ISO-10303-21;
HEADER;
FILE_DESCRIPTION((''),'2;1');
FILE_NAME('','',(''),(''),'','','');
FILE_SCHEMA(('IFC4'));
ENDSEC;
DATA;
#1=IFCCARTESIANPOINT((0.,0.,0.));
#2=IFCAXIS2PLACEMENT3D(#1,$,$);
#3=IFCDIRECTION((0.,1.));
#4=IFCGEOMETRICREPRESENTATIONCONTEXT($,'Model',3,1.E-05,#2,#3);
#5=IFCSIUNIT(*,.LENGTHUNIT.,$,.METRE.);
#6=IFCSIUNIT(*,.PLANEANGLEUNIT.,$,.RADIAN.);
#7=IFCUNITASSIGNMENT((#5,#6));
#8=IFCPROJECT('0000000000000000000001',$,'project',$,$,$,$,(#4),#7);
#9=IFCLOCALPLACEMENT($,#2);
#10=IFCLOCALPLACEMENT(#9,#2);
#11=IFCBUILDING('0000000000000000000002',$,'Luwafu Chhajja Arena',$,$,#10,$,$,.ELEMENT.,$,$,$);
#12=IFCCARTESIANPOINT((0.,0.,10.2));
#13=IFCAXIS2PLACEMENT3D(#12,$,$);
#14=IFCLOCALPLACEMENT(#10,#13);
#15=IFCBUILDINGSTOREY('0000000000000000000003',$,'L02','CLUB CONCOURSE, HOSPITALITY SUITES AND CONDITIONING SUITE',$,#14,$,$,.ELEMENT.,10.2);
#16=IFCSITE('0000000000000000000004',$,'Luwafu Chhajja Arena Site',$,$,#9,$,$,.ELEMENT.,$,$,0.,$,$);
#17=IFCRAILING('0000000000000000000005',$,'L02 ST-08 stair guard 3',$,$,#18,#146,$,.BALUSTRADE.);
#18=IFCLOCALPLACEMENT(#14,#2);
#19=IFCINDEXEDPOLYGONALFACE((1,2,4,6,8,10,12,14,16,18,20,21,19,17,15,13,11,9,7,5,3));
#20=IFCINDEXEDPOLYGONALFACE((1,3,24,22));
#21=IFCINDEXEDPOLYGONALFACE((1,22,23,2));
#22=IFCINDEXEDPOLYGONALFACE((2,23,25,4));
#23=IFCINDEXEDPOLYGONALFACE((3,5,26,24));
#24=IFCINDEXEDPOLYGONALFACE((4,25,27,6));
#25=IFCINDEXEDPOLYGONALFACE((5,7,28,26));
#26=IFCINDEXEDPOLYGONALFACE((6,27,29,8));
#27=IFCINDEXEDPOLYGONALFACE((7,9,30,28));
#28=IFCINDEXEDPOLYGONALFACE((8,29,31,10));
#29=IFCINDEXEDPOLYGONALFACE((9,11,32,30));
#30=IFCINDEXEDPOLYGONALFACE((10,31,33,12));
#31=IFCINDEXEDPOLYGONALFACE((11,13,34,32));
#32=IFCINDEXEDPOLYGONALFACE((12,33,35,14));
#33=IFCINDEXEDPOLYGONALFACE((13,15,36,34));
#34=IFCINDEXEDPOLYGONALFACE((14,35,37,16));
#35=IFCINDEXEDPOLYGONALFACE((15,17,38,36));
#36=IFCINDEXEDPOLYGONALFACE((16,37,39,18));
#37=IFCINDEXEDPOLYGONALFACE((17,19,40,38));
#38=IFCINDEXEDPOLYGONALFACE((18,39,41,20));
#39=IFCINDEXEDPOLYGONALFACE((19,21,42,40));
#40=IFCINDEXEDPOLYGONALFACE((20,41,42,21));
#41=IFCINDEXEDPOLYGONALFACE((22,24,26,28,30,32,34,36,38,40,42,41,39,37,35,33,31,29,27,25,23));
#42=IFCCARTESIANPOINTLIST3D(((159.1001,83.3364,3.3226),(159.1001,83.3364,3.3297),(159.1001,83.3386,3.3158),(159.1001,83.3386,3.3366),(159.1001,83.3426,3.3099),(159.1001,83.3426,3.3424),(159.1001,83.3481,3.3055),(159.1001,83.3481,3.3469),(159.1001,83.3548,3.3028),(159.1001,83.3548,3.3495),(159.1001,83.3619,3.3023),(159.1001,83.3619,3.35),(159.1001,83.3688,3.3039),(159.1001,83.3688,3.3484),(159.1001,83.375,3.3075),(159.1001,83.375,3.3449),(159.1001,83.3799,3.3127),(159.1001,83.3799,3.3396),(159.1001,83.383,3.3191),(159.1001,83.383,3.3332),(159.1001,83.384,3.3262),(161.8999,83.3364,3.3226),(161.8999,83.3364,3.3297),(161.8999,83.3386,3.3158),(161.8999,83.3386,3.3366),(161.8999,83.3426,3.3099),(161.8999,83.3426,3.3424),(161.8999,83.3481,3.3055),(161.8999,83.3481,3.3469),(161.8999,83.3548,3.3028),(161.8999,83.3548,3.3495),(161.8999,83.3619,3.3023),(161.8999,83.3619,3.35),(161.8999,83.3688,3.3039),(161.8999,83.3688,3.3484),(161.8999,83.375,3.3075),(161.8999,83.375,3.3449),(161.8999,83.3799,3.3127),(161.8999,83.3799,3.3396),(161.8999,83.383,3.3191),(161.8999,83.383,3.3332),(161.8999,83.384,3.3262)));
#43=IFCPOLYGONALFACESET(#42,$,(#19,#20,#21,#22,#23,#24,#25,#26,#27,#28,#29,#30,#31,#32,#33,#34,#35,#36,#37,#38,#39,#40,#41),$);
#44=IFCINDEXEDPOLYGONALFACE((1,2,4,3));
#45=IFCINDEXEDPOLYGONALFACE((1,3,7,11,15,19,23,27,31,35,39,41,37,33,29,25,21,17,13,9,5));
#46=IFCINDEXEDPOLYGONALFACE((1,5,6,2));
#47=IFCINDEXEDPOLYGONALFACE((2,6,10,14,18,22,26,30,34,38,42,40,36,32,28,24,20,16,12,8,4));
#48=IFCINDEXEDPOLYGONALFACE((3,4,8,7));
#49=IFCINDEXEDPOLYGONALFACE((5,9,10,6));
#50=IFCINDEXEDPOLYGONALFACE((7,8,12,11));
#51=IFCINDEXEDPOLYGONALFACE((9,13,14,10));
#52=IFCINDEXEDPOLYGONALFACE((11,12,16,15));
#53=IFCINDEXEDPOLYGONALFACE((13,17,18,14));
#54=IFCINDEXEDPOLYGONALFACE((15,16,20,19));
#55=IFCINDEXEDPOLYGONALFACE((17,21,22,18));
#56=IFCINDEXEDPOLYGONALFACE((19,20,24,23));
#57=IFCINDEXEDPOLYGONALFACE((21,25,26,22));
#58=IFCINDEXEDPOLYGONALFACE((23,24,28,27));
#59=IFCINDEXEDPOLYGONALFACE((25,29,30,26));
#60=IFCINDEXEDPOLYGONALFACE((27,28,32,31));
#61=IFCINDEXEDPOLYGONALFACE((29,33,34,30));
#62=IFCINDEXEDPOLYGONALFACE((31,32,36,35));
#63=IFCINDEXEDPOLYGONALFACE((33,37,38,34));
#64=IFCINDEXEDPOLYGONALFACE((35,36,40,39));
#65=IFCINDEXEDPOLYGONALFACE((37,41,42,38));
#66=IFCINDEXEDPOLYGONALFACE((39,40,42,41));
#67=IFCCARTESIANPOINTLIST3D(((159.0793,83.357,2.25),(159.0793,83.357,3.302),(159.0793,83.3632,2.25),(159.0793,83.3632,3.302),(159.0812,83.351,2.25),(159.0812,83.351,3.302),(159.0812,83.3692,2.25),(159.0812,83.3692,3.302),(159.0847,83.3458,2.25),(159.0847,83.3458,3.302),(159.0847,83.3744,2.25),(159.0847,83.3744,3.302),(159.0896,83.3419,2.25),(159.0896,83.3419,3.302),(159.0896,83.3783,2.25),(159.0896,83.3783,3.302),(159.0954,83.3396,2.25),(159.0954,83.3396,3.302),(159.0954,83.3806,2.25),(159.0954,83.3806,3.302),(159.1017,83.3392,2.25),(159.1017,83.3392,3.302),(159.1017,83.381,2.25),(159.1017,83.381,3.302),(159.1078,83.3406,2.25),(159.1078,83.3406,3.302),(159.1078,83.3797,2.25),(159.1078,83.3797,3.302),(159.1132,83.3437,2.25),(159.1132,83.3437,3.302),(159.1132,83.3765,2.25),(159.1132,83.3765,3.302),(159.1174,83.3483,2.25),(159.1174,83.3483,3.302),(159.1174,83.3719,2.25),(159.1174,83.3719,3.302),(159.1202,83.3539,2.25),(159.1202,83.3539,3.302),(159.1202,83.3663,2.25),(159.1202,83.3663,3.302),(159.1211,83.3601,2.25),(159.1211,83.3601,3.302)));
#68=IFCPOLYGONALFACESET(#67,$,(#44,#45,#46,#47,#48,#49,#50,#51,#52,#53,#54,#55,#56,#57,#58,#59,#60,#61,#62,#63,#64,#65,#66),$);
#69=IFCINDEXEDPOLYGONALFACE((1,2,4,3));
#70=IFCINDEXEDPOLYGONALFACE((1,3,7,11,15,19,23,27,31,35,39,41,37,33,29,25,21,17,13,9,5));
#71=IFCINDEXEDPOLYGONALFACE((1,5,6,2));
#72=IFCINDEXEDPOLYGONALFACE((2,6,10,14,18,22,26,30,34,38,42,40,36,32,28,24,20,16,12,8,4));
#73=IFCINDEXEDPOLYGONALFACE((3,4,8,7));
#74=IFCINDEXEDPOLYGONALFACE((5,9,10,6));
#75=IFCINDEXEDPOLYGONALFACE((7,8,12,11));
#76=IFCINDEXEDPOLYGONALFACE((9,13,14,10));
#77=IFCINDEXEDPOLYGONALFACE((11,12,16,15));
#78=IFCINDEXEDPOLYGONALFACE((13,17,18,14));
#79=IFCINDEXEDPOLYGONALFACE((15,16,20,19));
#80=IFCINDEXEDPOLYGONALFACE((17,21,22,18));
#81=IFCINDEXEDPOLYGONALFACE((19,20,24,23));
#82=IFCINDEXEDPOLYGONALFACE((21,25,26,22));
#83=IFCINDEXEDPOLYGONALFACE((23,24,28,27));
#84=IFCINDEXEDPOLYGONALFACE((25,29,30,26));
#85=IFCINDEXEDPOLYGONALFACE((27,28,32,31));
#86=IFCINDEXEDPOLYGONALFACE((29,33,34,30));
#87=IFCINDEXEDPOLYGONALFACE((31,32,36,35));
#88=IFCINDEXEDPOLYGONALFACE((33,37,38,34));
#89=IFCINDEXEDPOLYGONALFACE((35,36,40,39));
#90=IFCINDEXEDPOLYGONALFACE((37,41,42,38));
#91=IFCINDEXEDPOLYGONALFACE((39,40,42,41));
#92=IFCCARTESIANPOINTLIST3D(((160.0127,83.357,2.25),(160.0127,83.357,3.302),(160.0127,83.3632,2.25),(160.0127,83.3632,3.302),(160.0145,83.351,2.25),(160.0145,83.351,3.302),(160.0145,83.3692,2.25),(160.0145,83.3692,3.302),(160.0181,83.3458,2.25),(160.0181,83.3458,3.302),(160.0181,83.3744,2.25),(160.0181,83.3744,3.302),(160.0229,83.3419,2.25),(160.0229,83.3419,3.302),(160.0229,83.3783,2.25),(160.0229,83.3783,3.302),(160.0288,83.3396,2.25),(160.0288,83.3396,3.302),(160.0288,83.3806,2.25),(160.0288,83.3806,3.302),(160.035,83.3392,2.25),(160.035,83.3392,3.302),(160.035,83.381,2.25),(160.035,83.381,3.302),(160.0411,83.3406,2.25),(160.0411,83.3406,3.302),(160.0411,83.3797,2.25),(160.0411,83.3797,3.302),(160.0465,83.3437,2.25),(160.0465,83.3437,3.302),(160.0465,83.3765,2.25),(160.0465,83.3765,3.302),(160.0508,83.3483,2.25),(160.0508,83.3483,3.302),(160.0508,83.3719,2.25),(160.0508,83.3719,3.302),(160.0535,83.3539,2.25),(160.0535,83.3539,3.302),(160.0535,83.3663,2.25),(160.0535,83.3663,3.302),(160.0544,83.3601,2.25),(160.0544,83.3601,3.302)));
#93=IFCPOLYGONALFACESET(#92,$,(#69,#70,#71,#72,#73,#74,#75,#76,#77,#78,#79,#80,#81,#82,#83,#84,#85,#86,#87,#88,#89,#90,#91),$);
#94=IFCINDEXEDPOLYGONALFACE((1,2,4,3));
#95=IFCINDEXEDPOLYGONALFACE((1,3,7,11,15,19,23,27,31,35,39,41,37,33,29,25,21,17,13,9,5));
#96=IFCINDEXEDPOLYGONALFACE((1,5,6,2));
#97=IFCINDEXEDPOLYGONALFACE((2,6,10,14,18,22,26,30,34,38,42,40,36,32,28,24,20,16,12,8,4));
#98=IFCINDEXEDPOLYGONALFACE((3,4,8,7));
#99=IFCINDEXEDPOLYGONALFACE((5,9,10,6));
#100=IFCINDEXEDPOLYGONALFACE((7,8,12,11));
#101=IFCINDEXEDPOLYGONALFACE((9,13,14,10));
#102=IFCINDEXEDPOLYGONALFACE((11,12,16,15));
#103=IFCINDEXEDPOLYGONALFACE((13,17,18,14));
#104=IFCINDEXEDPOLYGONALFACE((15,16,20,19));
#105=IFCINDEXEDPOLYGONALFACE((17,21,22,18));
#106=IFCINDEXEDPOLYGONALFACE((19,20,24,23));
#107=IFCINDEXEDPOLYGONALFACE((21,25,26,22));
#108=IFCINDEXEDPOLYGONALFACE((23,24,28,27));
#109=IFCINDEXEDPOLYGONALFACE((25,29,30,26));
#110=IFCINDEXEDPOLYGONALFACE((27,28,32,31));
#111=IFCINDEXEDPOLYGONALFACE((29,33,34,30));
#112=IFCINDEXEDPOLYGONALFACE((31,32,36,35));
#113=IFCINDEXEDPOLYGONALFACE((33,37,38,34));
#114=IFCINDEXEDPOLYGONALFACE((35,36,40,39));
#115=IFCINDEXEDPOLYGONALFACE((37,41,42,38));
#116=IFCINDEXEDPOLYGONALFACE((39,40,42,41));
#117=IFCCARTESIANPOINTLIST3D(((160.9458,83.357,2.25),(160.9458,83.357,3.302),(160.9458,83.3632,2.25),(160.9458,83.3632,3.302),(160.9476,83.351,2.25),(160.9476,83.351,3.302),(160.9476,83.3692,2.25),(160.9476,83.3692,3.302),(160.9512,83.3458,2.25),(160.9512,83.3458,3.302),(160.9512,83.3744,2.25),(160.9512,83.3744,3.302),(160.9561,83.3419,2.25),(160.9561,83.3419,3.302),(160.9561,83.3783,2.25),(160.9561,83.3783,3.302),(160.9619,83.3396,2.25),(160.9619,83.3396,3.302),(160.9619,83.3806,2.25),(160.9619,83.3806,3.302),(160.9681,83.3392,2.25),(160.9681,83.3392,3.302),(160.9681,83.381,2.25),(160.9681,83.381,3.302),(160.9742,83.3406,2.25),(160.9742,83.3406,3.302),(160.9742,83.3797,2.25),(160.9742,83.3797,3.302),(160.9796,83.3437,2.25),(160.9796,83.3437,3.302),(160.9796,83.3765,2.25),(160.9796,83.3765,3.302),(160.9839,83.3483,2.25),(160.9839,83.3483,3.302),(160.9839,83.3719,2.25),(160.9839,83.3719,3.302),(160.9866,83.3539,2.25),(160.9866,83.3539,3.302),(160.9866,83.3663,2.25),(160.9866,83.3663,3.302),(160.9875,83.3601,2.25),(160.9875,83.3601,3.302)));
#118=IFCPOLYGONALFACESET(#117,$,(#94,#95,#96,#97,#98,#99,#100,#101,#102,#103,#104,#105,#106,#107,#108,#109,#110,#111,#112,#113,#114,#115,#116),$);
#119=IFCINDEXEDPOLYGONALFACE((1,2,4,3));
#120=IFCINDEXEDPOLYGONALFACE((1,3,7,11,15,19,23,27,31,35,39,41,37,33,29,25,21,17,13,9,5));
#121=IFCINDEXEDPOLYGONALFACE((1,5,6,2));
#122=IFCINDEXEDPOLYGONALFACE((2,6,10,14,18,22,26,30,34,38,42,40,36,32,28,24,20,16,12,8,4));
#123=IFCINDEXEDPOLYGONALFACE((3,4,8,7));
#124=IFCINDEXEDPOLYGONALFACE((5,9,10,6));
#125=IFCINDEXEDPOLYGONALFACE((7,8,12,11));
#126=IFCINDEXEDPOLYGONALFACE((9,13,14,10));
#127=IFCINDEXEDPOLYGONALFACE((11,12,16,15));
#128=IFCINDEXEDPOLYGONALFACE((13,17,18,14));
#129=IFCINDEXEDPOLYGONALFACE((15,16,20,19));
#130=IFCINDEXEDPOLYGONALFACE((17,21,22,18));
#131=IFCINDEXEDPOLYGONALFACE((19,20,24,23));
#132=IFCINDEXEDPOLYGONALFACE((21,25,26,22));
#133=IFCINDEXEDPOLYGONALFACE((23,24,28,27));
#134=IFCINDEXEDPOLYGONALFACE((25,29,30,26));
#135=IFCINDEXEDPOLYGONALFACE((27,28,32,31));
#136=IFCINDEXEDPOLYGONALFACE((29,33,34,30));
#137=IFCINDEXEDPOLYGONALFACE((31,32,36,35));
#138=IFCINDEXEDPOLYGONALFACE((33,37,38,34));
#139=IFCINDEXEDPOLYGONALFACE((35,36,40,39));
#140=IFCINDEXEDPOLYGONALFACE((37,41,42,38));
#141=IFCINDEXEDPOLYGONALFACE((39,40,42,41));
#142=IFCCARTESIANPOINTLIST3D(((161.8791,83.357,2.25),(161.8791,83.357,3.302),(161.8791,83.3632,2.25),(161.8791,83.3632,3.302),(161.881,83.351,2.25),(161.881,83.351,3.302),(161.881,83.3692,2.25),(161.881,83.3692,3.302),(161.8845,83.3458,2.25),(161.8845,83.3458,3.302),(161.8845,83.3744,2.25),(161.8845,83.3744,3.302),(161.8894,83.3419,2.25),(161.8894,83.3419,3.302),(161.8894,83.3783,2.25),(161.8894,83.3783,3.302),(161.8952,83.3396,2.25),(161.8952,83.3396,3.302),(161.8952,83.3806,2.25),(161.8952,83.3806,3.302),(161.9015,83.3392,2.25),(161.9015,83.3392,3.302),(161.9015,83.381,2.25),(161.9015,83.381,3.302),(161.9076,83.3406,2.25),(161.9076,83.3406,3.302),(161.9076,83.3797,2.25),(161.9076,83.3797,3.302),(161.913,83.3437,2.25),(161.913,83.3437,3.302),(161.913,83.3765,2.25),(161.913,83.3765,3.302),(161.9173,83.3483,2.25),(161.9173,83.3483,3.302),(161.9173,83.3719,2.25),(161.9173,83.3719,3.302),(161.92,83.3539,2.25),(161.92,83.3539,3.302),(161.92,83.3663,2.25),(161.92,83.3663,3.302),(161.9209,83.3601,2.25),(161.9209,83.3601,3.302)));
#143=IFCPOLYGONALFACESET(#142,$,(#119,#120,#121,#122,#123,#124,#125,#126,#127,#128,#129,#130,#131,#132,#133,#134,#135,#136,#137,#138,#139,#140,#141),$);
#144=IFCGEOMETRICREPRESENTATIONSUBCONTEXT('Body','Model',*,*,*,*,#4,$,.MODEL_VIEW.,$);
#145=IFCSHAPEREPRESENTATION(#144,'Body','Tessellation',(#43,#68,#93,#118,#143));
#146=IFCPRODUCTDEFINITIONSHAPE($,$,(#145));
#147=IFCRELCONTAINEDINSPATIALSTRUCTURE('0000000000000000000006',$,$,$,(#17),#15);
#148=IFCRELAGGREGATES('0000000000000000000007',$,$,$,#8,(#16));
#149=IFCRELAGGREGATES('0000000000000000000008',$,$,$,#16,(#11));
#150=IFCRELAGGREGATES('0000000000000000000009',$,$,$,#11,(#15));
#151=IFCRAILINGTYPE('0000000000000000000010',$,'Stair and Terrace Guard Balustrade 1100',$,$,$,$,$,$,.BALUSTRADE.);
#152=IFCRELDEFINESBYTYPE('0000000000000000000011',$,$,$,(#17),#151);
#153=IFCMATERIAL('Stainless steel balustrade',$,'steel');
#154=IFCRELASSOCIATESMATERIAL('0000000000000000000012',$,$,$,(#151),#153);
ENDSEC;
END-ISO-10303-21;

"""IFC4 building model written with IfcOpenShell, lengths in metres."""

from ifc_helpers import new_model, si_unit, direction, frame, origin, origin_2d, place, context, subcontext, project, spatial, circle, extrude, material, type_object, element, save


model = new_model("IFC4")

# Units and contexts
model_context = context("Model", 3, precision=1e-05, world=origin(), true_north=direction((0.0, 1.0)))
body_context = subcontext(model_context, "Body", "Model", "MODEL_VIEW")
ifc_project = project(units=[si_unit("LENGTHUNIT", "METRE"), si_unit("PLANEANGLEUNIT", "RADIAN")], contexts=[model_context])

# Site, building, storey
site_placement = place(None, origin())
site = spatial("IfcSite", under=ifc_project, at=site_placement, Name="Luwafu Chhajja Arena Site", CompositionType="ELEMENT", RefElevation=0.0)
building_placement = place(site_placement, origin())
building = spatial("IfcBuilding", under=site, at=building_placement, Name="Luwafu Chhajja Arena", CompositionType="ELEMENT")
storey_placement = place(building_placement, frame((0.0, 0.0, 10.2)))
storey = spatial("IfcBuildingStorey", under=building, at=storey_placement, Name="L02", Description="CLUB CONCOURSE, HOSPITALITY SUITES AND CONDITIONING SUITE", CompositionType="ELEMENT", Elevation=10.2)

# Railing
ifc_material_1 = material(Name="Stainless steel balustrade", Category="steel")
railing_type_1 = type_object("IfcRailingType", Name="Stair and Terrace Guard Balustrade 1100", PredefinedType="BALUSTRADE", material=ifc_material_1)
for number, where, name in (
    (1, (159.1001, 83.3601, 2.25), "L02 ST-08 stair guard 3"),
):
    element("IfcRailing", number, at=place(storey_placement, frame(where)), inside=storey, type_object=railing_type_1, Name=name, PredefinedType="BALUSTRADE", context=body_context, shape_type="SweptSolid", body=[
        extrude(circle(Radius=0.0239, at=origin_2d()), frame((0.0, 0.0, 1.0762), z_axis=(1.0, 0.0, 0.0), x_axis=(0.0, 1.0, 0.0)), (0.0, 0.0, 1.0), 2.7998),
        extrude(circle(Radius=0.021, at=origin_2d()), origin(), (0.0, 0.0, 1.0), 1.052),
        extrude(circle(Radius=0.021, at=origin_2d()), frame((0.9333, 0.0, 0.0)), (0.0, 0.0, 1.0), 1.052),
        extrude(circle(Radius=0.021, at=origin_2d()), frame((1.8665, 0.0, 0.0)), (0.0, 0.0, 1.0), 1.052),
        extrude(circle(Radius=0.021, at=origin_2d()), frame((2.7998, 0.0, 0.0)), (0.0, 0.0, 1.0), 1.052),
    ])

save(model, "model.ifc")
